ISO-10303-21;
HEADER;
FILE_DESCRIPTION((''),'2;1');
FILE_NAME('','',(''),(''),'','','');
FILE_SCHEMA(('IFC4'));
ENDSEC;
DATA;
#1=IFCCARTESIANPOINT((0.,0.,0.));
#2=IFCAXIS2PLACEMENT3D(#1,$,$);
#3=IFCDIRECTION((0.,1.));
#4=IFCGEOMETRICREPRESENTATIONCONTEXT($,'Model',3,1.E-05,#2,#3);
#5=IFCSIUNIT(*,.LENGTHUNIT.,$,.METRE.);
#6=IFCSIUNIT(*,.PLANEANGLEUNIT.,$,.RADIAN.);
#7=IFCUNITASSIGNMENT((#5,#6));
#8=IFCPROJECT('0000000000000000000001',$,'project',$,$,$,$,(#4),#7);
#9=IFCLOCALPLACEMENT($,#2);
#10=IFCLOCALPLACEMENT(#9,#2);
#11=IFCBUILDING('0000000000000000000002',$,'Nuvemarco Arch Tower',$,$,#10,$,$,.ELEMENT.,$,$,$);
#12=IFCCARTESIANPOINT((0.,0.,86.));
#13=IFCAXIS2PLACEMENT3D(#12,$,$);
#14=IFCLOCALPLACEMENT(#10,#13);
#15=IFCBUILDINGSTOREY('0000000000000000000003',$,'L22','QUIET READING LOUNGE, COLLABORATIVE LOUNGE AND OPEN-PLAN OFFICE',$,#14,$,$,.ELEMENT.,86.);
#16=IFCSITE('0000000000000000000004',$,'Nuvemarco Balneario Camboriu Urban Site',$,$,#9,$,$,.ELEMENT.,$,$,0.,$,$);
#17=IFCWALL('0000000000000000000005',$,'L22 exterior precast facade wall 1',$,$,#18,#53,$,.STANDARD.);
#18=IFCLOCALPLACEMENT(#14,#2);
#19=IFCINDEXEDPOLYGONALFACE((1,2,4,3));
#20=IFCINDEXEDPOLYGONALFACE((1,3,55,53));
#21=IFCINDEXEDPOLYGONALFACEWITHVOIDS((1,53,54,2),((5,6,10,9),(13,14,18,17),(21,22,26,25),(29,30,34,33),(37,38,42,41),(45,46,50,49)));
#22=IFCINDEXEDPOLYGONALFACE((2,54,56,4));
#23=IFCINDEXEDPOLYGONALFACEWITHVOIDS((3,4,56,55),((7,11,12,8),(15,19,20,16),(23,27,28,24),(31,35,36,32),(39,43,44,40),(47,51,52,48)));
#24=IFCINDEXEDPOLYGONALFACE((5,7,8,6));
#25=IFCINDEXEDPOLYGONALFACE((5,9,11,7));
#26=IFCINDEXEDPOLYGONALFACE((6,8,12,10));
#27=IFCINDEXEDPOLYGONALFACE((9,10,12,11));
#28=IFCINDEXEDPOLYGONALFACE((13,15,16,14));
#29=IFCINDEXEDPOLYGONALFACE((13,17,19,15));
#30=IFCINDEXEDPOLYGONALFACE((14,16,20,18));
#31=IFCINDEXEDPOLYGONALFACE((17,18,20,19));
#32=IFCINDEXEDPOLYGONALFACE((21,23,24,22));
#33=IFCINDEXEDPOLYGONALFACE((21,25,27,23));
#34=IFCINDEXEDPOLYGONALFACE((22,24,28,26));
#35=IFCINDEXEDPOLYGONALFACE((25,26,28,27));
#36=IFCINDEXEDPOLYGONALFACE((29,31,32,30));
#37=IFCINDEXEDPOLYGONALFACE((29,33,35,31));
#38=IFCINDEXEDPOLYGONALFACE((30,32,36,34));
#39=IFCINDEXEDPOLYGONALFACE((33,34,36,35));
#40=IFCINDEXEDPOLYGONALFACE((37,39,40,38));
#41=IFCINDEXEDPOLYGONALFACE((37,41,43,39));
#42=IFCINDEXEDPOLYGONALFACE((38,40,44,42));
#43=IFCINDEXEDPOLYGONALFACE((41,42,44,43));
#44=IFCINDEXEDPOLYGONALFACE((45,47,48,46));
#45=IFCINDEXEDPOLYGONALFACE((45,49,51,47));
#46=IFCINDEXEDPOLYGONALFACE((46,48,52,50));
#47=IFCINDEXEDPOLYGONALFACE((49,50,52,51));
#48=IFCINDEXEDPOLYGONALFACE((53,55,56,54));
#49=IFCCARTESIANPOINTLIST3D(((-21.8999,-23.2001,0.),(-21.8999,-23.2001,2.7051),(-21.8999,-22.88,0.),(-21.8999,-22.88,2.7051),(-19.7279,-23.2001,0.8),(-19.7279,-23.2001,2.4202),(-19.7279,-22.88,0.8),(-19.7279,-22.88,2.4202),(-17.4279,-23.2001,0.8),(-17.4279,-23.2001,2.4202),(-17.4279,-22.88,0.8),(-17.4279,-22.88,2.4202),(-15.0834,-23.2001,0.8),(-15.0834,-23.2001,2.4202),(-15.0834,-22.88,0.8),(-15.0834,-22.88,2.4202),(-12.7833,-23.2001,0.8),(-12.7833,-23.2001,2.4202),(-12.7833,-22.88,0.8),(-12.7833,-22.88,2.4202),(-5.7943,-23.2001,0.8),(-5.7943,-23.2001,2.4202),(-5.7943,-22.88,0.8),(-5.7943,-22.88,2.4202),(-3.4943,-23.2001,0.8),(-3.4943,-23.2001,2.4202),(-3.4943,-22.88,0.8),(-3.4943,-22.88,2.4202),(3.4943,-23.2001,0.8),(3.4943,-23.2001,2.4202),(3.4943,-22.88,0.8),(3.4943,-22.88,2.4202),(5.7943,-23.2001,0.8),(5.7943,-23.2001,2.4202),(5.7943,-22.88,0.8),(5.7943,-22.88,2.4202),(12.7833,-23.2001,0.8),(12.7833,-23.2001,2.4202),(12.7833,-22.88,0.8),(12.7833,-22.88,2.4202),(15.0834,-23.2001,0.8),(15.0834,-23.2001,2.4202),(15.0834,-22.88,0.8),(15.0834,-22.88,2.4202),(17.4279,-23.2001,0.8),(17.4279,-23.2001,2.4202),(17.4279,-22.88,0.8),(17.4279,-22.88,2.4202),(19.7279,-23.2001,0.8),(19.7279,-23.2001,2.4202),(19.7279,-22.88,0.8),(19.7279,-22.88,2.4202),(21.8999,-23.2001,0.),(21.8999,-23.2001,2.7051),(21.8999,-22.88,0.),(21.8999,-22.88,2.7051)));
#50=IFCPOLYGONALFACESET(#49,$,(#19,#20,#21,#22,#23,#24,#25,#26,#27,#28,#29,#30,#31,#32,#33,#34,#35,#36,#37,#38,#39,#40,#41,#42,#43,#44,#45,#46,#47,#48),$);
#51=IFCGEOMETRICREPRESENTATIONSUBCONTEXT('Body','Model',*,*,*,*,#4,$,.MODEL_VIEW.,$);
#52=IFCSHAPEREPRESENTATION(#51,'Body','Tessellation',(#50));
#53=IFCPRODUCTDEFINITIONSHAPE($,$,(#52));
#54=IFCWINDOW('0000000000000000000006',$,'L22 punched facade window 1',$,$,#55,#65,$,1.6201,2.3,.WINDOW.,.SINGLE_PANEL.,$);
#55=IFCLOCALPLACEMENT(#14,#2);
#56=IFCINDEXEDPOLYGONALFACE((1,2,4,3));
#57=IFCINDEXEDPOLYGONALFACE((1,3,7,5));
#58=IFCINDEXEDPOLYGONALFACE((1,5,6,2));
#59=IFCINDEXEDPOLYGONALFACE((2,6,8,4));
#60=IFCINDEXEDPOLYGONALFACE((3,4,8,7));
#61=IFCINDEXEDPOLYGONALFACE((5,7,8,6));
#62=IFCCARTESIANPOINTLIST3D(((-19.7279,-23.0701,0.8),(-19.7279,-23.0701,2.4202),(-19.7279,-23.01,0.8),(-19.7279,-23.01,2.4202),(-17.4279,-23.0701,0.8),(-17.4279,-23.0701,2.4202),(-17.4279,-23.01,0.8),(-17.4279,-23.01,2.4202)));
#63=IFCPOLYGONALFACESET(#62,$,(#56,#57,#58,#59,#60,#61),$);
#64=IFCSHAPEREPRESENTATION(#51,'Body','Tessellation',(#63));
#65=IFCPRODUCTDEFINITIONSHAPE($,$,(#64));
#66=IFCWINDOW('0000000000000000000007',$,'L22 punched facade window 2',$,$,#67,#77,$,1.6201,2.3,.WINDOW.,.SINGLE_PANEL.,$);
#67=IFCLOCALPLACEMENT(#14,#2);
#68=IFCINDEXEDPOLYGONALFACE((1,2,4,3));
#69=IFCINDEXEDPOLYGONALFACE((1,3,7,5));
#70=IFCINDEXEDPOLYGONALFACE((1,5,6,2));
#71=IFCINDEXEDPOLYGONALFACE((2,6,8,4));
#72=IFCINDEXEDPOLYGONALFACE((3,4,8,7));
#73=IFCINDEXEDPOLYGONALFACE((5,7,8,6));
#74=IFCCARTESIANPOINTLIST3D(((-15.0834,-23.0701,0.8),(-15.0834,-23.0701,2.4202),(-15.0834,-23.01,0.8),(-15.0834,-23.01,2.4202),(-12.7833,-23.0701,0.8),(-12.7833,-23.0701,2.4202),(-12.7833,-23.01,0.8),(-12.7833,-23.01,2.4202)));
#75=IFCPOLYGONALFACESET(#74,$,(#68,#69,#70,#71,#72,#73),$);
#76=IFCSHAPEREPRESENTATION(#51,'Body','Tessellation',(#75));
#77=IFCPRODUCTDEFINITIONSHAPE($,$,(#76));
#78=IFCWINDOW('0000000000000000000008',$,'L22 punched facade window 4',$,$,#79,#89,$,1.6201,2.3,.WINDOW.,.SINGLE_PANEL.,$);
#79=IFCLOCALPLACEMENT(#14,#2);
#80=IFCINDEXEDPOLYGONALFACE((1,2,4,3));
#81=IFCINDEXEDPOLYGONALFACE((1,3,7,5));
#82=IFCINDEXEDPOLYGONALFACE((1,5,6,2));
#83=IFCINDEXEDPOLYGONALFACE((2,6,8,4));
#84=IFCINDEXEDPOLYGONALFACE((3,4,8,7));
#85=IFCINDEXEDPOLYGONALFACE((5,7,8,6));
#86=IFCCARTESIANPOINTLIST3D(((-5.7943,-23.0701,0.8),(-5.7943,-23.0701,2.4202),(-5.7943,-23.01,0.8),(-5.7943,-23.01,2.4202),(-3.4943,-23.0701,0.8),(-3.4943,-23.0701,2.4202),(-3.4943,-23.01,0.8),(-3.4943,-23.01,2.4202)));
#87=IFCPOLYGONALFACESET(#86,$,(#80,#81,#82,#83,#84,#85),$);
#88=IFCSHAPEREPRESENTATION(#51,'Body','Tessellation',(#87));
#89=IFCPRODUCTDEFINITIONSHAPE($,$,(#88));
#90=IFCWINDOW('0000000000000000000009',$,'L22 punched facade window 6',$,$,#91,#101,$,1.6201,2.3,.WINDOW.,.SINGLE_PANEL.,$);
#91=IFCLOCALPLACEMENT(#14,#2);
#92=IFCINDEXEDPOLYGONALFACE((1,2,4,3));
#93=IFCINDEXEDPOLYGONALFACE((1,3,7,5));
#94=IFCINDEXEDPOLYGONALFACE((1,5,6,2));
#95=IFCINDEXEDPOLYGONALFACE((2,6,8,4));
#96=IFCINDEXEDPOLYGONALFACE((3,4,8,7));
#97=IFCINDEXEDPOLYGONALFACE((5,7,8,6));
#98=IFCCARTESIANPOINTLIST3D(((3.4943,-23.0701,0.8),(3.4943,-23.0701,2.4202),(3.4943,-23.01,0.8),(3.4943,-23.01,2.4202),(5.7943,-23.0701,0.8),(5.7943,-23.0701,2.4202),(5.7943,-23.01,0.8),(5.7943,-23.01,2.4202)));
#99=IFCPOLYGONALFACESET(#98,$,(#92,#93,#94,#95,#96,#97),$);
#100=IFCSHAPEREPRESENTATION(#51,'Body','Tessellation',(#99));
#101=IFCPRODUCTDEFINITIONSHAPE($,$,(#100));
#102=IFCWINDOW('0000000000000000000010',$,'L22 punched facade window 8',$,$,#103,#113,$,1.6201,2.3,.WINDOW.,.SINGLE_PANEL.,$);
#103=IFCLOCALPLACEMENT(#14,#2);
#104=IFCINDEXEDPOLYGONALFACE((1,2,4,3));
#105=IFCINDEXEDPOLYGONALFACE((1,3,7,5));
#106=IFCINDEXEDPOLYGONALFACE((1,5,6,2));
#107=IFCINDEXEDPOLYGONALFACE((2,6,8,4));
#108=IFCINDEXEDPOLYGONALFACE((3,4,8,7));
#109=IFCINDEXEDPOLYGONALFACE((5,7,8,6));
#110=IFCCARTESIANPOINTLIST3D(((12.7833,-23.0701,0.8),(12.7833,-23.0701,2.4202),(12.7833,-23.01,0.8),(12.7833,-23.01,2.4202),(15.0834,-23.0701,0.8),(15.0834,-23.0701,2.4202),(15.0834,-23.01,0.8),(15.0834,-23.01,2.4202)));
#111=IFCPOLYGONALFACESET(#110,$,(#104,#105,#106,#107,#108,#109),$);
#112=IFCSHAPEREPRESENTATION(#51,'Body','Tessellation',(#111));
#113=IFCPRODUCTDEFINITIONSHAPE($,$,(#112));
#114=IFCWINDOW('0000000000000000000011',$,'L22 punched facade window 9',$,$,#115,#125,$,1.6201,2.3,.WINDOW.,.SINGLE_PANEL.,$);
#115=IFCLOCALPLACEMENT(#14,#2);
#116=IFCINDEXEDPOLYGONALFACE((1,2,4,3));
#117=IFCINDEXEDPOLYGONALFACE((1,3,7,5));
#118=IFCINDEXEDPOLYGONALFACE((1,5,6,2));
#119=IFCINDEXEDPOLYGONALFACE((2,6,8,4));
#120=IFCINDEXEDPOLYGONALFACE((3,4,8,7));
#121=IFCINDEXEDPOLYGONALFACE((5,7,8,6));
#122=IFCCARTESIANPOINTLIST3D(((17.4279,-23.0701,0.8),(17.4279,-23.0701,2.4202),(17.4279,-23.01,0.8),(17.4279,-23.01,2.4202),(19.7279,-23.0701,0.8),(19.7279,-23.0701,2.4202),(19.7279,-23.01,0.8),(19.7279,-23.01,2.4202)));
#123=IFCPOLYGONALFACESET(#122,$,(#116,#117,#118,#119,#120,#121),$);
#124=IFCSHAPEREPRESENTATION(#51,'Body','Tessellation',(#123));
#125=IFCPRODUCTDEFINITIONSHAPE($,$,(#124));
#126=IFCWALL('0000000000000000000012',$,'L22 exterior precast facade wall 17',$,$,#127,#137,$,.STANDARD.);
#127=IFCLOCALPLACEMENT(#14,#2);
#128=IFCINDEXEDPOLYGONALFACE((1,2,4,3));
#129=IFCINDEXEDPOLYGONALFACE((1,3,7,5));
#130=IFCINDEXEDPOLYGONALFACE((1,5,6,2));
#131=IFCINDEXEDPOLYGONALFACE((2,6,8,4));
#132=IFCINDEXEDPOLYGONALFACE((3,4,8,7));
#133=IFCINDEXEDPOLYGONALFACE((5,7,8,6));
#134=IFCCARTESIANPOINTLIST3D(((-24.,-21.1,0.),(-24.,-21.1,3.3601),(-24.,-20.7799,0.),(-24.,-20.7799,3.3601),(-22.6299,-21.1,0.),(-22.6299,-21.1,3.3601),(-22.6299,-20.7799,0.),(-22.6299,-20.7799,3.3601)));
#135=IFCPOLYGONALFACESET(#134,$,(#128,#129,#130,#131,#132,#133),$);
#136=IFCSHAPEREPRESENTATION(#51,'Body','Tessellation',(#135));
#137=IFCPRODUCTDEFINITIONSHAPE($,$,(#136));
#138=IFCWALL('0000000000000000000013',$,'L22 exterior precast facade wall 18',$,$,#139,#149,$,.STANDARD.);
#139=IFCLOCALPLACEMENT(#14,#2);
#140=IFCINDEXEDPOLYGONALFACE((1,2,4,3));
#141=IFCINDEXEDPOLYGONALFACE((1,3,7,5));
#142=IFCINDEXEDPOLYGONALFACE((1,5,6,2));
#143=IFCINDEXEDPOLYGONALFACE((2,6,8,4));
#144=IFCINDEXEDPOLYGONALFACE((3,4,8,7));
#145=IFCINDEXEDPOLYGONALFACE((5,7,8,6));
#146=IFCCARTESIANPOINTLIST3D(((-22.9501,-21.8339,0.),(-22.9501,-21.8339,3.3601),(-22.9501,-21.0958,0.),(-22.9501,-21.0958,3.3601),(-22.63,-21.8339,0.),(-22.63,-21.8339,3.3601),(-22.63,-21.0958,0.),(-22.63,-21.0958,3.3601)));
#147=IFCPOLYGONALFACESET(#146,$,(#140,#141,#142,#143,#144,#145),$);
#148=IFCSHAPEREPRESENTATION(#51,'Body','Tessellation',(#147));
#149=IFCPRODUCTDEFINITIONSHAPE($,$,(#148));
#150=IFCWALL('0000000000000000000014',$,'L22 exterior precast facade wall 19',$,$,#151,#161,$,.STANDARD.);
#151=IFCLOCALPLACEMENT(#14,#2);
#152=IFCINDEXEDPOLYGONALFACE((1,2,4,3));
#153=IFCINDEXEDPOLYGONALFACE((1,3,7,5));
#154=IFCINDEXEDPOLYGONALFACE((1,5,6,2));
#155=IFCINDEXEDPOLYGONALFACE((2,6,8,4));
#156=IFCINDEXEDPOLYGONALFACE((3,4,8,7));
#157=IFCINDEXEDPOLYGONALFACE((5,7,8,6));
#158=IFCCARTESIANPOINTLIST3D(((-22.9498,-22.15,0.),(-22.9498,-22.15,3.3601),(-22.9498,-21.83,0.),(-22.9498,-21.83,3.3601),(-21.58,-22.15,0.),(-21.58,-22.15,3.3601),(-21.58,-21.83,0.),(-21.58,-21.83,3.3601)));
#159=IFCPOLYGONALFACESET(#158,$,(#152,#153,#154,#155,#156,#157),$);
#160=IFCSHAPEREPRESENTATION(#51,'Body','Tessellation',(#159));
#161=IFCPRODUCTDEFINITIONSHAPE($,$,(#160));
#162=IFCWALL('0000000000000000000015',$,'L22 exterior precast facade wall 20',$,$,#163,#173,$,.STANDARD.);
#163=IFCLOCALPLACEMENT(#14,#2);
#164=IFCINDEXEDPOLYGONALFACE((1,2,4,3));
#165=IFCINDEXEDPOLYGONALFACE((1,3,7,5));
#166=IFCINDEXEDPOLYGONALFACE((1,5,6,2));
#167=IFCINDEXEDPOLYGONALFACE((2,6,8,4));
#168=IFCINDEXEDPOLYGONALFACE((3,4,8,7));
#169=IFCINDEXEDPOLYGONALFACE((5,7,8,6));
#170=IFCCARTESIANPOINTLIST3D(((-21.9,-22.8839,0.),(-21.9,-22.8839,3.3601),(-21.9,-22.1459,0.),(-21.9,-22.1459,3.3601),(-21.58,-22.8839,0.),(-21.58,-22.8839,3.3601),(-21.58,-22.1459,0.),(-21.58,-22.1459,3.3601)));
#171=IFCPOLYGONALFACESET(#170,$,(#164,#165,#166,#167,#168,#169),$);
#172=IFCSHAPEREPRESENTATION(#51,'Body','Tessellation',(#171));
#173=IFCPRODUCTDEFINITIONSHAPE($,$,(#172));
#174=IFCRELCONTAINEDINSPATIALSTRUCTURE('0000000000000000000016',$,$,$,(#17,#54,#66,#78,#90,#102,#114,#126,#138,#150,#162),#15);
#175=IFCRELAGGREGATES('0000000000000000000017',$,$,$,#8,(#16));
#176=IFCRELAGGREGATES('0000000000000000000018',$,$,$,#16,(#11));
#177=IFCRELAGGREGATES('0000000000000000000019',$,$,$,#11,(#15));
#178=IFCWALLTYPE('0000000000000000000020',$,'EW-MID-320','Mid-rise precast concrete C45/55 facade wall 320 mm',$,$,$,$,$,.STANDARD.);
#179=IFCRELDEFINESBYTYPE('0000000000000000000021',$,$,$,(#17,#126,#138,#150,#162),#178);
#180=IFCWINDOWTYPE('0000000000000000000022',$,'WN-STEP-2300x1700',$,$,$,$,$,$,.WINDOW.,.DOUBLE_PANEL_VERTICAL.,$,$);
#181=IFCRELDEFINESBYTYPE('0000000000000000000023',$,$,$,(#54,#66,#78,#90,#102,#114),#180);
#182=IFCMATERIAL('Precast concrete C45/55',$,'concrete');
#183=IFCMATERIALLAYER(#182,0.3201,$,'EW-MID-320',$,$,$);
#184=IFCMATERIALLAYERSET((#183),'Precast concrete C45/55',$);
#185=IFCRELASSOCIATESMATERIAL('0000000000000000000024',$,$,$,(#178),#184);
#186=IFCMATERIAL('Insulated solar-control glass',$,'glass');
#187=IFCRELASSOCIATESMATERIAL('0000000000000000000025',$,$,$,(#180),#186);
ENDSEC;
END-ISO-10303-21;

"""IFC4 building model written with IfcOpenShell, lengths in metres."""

from ifc_helpers import new_model, si_unit, direction, frame, frame_2d, origin, place, context, subcontext, project, spatial, rectangle, extrude, source, transform, mapped, material, layer, layer_set, type_object, type_shapes, element, fill, save


model = new_model("IFC4")

# Units and contexts
model_context = context("Model", 3, precision=1e-05, world=origin(), true_north=direction((0.0, 1.0)))
body_context = subcontext(model_context, "Body", "Model", "MODEL_VIEW")
ifc_project = project(units=[si_unit("LENGTHUNIT", "METRE"), si_unit("PLANEANGLEUNIT", "RADIAN")], contexts=[model_context])

# Site, building, storey
site_placement = place(None, origin())
site = spatial("IfcSite", under=ifc_project, at=site_placement, Name="Nuvemarco Balneario Camboriu Urban Site", CompositionType="ELEMENT", RefElevation=0.0)
building_placement = place(site_placement, origin())
building = spatial("IfcBuilding", under=site, at=building_placement, Name="Nuvemarco Arch Tower", CompositionType="ELEMENT")
storey_placement = place(building_placement, frame((0.0, 0.0, 86.0)))
storey = spatial("IfcBuildingStorey", under=building, at=storey_placement, Name="L22", Description="QUIET READING LOUNGE, COLLABORATIVE LOUNGE AND OPEN-PLAN OFFICE", CompositionType="ELEMENT", Elevation=86.0)

# Wall, openings, windows
ifc_material_1 = material(Name="Precast concrete C45/55", Category="concrete")
ifc_layer = layer(ifc_material_1, 0.3201, Name="EW-MID-320")
ifc_layer_set = layer_set([ifc_layer], Name="Precast concrete C45/55")
wall_type = type_object("IfcWallType", Name="EW-MID-320", Description="Mid-rise precast concrete C45/55 facade wall 320 mm", PredefinedType="STANDARD", material=ifc_layer_set)
wall_1_placement = place(storey_placement, frame((-21.8999, -23.04, 0.0), z_axis=(0.0, 0.0, 1.0), x_axis=(1.0, 0.0, 0.0)))
wall_1 = element("IfcWall", 1, at=wall_1_placement, inside=storey, type_object=wall_type, Name="L22 exterior precast facade wall 1", PredefinedType="STANDARD", context=body_context, shape_type="SweptSolid", body=[
    extrude(rectangle(XDim=43.7998, YDim=0.3201, at=frame_2d((21.8999, 0.0))), origin(), (0.0, 0.0, 1.0), 2.7051),
])
opening_1_placement = place(wall_1_placement, frame((2.1721, 0.0, 0.8)))
opening_1 = element("IfcOpeningElement", 2, at=opening_1_placement, cuts=wall_1, PredefinedType="OPENING", context=body_context, shape_type="SweptSolid", body=[
    extrude(rectangle(XDim=2.3, YDim=1.6201, at=frame_2d((1.1499, 0.8101))), frame((0.0, 0.1699, 0.0), z_axis=(0.0, -1.0, 0.0), x_axis=(1.0, 0.0, 0.0)), (0.0, 0.0, 1.0), 0.3401),
])
opening_2_placement = place(wall_1_placement, frame((6.8167, 0.0, 0.8)))
opening_2 = element("IfcOpeningElement", 3, at=opening_2_placement, cuts=wall_1, PredefinedType="OPENING", context=body_context, shape_type="SweptSolid", body=[
    extrude(rectangle(XDim=2.3, YDim=1.6201, at=frame_2d((1.1499, 0.8101))), frame((0.0, 0.1699, 0.0), z_axis=(0.0, -1.0, 0.0), x_axis=(1.0, 0.0, 0.0)), (0.0, 0.0, 1.0), 0.3401),
])
opening_3_placement = place(wall_1_placement, frame((16.1057, 0.0, 0.8)))
opening_3 = element("IfcOpeningElement", 4, at=opening_3_placement, cuts=wall_1, PredefinedType="OPENING", context=body_context, shape_type="SweptSolid", body=[
    extrude(rectangle(XDim=2.3, YDim=1.6201, at=frame_2d((1.1499, 0.8101))), frame((0.0, 0.1699, 0.0), z_axis=(0.0, -1.0, 0.0), x_axis=(1.0, 0.0, 0.0)), (0.0, 0.0, 1.0), 0.3401),
])
opening_4_placement = place(wall_1_placement, frame((25.3943, 0.0, 0.8)))
opening_4 = element("IfcOpeningElement", 5, at=opening_4_placement, cuts=wall_1, PredefinedType="OPENING", context=body_context, shape_type="SweptSolid", body=[
    extrude(rectangle(XDim=2.3, YDim=1.6201, at=frame_2d((1.1499, 0.8101))), frame((0.0, 0.1699, 0.0), z_axis=(0.0, -1.0, 0.0), x_axis=(1.0, 0.0, 0.0)), (0.0, 0.0, 1.0), 0.3401),
])
opening_5_placement = place(wall_1_placement, frame((34.6833, 0.0, 0.8)))
opening_5 = element("IfcOpeningElement", 6, at=opening_5_placement, cuts=wall_1, PredefinedType="OPENING", context=body_context, shape_type="SweptSolid", body=[
    extrude(rectangle(XDim=2.3, YDim=1.6201, at=frame_2d((1.1499, 0.8101))), frame((0.0, 0.1699, 0.0), z_axis=(0.0, -1.0, 0.0), x_axis=(1.0, 0.0, 0.0)), (0.0, 0.0, 1.0), 0.3401),
])
opening_6_placement = place(wall_1_placement, frame((39.3279, 0.0, 0.8)))
opening_6 = element("IfcOpeningElement", 7, at=opening_6_placement, cuts=wall_1, PredefinedType="OPENING", context=body_context, shape_type="SweptSolid", body=[
    extrude(rectangle(XDim=2.3, YDim=1.6201, at=frame_2d((1.1499, 0.8101))), frame((0.0, 0.1699, 0.0), z_axis=(0.0, -1.0, 0.0), x_axis=(1.0, 0.0, 0.0)), (0.0, 0.0, 1.0), 0.3401),
])
ifc_material_2 = material(Name="Insulated solar-control glass", Category="glass")
window_type_1 = type_object("IfcWindowType", Name="WN-STEP-2300x1700", PartitioningType="DOUBLE_PANEL_VERTICAL", PredefinedType="WINDOW", material=ifc_material_2)
shared_shape_1 = source(origin(), body_context, "Body", "SweptSolid", [
    extrude(rectangle(XDim=2.3, YDim=1.6201, at=frame_2d((1.1499, 0.8101))), frame((0.0, 0.03, 0.0), z_axis=(0.0, -1.0, 0.0), x_axis=(1.0, 0.0, 0.0)), (0.0, 0.0, 1.0), 0.0601),
])
type_shapes(window_type_1, [shared_shape_1])
window_1_placement = place(opening_1_placement, origin())
window_1 = element("IfcWindow", 8, at=window_1_placement, inside=storey, type_object=window_type_1, Name="L22 punched facade window 1", OverallHeight=1.6201, OverallWidth=2.3, PartitioningType="SINGLE_PANEL", PredefinedType="WINDOW", context=body_context, shape_type="MappedRepresentation", body=[
    mapped(shared_shape_1, transform((0.0, 0.0, 0.0), scale=1.0)),
])
fill(opening_1, window_1)
window_2_placement = place(opening_2_placement, origin())
window_2 = element("IfcWindow", 9, at=window_2_placement, inside=storey, type_object=window_type_1, Name="L22 punched facade window 2", OverallHeight=1.6201, OverallWidth=2.3, PartitioningType="SINGLE_PANEL", PredefinedType="WINDOW", context=body_context, shape_type="MappedRepresentation", body=[
    mapped(shared_shape_1, transform((0.0, 0.0, 0.0), scale=1.0)),
])
fill(opening_2, window_2)
window_3_placement = place(opening_3_placement, origin())
window_3 = element("IfcWindow", 10, at=window_3_placement, inside=storey, type_object=window_type_1, Name="L22 punched facade window 4", OverallHeight=1.6201, OverallWidth=2.3, PartitioningType="SINGLE_PANEL", PredefinedType="WINDOW", context=body_context, shape_type="MappedRepresentation", body=[
    mapped(shared_shape_1, transform((0.0, 0.0, 0.0), scale=1.0)),
])
fill(opening_3, window_3)
window_4_placement = place(opening_4_placement, origin())
window_4 = element("IfcWindow", 11, at=window_4_placement, inside=storey, type_object=window_type_1, Name="L22 punched facade window 6", OverallHeight=1.6201, OverallWidth=2.3, PartitioningType="SINGLE_PANEL", PredefinedType="WINDOW", context=body_context, shape_type="MappedRepresentation", body=[
    mapped(shared_shape_1, transform((0.0, 0.0, 0.0), scale=1.0)),
])
fill(opening_4, window_4)
window_5_placement = place(opening_5_placement, origin())
window_5 = element("IfcWindow", 12, at=window_5_placement, inside=storey, type_object=window_type_1, Name="L22 punched facade window 8", OverallHeight=1.6201, OverallWidth=2.3, PartitioningType="SINGLE_PANEL", PredefinedType="WINDOW", context=body_context, shape_type="MappedRepresentation", body=[
    mapped(shared_shape_1, transform((0.0, 0.0, 0.0), scale=1.0)),
])
fill(opening_5, window_5)
window_6_placement = place(opening_6_placement, origin())
window_6 = element("IfcWindow", 13, at=window_6_placement, inside=storey, type_object=window_type_1, Name="L22 punched facade window 9", OverallHeight=1.6201, OverallWidth=2.3, PartitioningType="SINGLE_PANEL", PredefinedType="WINDOW", context=body_context, shape_type="MappedRepresentation", body=[
    mapped(shared_shape_1, transform((0.0, 0.0, 0.0), scale=1.0)),
])
fill(opening_6, window_6)

# Walls
wall_2_placement = place(storey_placement, frame((-24.0, -20.9399, 0.0), z_axis=(0.0, 0.0, 1.0), x_axis=(1.0, 0.0, 0.0)))
element("IfcWall", 14, at=wall_2_placement, inside=storey, type_object=wall_type, Name="L22 exterior precast facade wall 17", PredefinedType="STANDARD", context=body_context, shape_type="SweptSolid", body=[
    extrude(rectangle(XDim=1.3701, YDim=0.3201, at=frame_2d((0.6851, 0.0))), origin(), (0.0, 0.0, 1.0), 3.3601),
])
wall_3_placement = place(storey_placement, frame((-22.79, -21.834, 0.0), z_axis=(0.0, 0.0, 1.0), x_axis=(0.0, 1.0, 0.0)))
element("IfcWall", 15, at=wall_3_placement, inside=storey, type_object=wall_type, Name="L22 exterior precast facade wall 18", PredefinedType="STANDARD", context=body_context, shape_type="SweptSolid", body=[
    extrude(rectangle(XDim=0.738, YDim=0.3201, at=frame_2d((0.3691, 0.0))), origin(), (0.0, 0.0, 1.0), 3.3601),
])
wall_4_placement = place(storey_placement, frame((-22.95, -21.99, 0.0), z_axis=(0.0, 0.0, 1.0), x_axis=(1.0, 0.0, 0.0)))
element("IfcWall", 16, at=wall_4_placement, inside=storey, type_object=wall_type, Name="L22 exterior precast facade wall 19", PredefinedType="STANDARD", context=body_context, shape_type="SweptSolid", body=[
    extrude(rectangle(XDim=1.3699, YDim=0.3201, at=frame_2d((0.6851, 0.0))), origin(), (0.0, 0.0, 1.0), 3.3601),
])
wall_5_placement = place(storey_placement, frame((-21.74, -22.884, 0.0), z_axis=(0.0, 0.0, 1.0), x_axis=(0.0, 1.0, 0.0)))
element("IfcWall", 17, at=wall_5_placement, inside=storey, type_object=wall_type, Name="L22 exterior precast facade wall 20", PredefinedType="STANDARD", context=body_context, shape_type="SweptSolid", body=[
    extrude(rectangle(XDim=0.738, YDim=0.3201, at=frame_2d((0.3691, 0.0))), origin(), (0.0, 0.0, 1.0), 3.3601),
])

save(model, "model.ifc")
